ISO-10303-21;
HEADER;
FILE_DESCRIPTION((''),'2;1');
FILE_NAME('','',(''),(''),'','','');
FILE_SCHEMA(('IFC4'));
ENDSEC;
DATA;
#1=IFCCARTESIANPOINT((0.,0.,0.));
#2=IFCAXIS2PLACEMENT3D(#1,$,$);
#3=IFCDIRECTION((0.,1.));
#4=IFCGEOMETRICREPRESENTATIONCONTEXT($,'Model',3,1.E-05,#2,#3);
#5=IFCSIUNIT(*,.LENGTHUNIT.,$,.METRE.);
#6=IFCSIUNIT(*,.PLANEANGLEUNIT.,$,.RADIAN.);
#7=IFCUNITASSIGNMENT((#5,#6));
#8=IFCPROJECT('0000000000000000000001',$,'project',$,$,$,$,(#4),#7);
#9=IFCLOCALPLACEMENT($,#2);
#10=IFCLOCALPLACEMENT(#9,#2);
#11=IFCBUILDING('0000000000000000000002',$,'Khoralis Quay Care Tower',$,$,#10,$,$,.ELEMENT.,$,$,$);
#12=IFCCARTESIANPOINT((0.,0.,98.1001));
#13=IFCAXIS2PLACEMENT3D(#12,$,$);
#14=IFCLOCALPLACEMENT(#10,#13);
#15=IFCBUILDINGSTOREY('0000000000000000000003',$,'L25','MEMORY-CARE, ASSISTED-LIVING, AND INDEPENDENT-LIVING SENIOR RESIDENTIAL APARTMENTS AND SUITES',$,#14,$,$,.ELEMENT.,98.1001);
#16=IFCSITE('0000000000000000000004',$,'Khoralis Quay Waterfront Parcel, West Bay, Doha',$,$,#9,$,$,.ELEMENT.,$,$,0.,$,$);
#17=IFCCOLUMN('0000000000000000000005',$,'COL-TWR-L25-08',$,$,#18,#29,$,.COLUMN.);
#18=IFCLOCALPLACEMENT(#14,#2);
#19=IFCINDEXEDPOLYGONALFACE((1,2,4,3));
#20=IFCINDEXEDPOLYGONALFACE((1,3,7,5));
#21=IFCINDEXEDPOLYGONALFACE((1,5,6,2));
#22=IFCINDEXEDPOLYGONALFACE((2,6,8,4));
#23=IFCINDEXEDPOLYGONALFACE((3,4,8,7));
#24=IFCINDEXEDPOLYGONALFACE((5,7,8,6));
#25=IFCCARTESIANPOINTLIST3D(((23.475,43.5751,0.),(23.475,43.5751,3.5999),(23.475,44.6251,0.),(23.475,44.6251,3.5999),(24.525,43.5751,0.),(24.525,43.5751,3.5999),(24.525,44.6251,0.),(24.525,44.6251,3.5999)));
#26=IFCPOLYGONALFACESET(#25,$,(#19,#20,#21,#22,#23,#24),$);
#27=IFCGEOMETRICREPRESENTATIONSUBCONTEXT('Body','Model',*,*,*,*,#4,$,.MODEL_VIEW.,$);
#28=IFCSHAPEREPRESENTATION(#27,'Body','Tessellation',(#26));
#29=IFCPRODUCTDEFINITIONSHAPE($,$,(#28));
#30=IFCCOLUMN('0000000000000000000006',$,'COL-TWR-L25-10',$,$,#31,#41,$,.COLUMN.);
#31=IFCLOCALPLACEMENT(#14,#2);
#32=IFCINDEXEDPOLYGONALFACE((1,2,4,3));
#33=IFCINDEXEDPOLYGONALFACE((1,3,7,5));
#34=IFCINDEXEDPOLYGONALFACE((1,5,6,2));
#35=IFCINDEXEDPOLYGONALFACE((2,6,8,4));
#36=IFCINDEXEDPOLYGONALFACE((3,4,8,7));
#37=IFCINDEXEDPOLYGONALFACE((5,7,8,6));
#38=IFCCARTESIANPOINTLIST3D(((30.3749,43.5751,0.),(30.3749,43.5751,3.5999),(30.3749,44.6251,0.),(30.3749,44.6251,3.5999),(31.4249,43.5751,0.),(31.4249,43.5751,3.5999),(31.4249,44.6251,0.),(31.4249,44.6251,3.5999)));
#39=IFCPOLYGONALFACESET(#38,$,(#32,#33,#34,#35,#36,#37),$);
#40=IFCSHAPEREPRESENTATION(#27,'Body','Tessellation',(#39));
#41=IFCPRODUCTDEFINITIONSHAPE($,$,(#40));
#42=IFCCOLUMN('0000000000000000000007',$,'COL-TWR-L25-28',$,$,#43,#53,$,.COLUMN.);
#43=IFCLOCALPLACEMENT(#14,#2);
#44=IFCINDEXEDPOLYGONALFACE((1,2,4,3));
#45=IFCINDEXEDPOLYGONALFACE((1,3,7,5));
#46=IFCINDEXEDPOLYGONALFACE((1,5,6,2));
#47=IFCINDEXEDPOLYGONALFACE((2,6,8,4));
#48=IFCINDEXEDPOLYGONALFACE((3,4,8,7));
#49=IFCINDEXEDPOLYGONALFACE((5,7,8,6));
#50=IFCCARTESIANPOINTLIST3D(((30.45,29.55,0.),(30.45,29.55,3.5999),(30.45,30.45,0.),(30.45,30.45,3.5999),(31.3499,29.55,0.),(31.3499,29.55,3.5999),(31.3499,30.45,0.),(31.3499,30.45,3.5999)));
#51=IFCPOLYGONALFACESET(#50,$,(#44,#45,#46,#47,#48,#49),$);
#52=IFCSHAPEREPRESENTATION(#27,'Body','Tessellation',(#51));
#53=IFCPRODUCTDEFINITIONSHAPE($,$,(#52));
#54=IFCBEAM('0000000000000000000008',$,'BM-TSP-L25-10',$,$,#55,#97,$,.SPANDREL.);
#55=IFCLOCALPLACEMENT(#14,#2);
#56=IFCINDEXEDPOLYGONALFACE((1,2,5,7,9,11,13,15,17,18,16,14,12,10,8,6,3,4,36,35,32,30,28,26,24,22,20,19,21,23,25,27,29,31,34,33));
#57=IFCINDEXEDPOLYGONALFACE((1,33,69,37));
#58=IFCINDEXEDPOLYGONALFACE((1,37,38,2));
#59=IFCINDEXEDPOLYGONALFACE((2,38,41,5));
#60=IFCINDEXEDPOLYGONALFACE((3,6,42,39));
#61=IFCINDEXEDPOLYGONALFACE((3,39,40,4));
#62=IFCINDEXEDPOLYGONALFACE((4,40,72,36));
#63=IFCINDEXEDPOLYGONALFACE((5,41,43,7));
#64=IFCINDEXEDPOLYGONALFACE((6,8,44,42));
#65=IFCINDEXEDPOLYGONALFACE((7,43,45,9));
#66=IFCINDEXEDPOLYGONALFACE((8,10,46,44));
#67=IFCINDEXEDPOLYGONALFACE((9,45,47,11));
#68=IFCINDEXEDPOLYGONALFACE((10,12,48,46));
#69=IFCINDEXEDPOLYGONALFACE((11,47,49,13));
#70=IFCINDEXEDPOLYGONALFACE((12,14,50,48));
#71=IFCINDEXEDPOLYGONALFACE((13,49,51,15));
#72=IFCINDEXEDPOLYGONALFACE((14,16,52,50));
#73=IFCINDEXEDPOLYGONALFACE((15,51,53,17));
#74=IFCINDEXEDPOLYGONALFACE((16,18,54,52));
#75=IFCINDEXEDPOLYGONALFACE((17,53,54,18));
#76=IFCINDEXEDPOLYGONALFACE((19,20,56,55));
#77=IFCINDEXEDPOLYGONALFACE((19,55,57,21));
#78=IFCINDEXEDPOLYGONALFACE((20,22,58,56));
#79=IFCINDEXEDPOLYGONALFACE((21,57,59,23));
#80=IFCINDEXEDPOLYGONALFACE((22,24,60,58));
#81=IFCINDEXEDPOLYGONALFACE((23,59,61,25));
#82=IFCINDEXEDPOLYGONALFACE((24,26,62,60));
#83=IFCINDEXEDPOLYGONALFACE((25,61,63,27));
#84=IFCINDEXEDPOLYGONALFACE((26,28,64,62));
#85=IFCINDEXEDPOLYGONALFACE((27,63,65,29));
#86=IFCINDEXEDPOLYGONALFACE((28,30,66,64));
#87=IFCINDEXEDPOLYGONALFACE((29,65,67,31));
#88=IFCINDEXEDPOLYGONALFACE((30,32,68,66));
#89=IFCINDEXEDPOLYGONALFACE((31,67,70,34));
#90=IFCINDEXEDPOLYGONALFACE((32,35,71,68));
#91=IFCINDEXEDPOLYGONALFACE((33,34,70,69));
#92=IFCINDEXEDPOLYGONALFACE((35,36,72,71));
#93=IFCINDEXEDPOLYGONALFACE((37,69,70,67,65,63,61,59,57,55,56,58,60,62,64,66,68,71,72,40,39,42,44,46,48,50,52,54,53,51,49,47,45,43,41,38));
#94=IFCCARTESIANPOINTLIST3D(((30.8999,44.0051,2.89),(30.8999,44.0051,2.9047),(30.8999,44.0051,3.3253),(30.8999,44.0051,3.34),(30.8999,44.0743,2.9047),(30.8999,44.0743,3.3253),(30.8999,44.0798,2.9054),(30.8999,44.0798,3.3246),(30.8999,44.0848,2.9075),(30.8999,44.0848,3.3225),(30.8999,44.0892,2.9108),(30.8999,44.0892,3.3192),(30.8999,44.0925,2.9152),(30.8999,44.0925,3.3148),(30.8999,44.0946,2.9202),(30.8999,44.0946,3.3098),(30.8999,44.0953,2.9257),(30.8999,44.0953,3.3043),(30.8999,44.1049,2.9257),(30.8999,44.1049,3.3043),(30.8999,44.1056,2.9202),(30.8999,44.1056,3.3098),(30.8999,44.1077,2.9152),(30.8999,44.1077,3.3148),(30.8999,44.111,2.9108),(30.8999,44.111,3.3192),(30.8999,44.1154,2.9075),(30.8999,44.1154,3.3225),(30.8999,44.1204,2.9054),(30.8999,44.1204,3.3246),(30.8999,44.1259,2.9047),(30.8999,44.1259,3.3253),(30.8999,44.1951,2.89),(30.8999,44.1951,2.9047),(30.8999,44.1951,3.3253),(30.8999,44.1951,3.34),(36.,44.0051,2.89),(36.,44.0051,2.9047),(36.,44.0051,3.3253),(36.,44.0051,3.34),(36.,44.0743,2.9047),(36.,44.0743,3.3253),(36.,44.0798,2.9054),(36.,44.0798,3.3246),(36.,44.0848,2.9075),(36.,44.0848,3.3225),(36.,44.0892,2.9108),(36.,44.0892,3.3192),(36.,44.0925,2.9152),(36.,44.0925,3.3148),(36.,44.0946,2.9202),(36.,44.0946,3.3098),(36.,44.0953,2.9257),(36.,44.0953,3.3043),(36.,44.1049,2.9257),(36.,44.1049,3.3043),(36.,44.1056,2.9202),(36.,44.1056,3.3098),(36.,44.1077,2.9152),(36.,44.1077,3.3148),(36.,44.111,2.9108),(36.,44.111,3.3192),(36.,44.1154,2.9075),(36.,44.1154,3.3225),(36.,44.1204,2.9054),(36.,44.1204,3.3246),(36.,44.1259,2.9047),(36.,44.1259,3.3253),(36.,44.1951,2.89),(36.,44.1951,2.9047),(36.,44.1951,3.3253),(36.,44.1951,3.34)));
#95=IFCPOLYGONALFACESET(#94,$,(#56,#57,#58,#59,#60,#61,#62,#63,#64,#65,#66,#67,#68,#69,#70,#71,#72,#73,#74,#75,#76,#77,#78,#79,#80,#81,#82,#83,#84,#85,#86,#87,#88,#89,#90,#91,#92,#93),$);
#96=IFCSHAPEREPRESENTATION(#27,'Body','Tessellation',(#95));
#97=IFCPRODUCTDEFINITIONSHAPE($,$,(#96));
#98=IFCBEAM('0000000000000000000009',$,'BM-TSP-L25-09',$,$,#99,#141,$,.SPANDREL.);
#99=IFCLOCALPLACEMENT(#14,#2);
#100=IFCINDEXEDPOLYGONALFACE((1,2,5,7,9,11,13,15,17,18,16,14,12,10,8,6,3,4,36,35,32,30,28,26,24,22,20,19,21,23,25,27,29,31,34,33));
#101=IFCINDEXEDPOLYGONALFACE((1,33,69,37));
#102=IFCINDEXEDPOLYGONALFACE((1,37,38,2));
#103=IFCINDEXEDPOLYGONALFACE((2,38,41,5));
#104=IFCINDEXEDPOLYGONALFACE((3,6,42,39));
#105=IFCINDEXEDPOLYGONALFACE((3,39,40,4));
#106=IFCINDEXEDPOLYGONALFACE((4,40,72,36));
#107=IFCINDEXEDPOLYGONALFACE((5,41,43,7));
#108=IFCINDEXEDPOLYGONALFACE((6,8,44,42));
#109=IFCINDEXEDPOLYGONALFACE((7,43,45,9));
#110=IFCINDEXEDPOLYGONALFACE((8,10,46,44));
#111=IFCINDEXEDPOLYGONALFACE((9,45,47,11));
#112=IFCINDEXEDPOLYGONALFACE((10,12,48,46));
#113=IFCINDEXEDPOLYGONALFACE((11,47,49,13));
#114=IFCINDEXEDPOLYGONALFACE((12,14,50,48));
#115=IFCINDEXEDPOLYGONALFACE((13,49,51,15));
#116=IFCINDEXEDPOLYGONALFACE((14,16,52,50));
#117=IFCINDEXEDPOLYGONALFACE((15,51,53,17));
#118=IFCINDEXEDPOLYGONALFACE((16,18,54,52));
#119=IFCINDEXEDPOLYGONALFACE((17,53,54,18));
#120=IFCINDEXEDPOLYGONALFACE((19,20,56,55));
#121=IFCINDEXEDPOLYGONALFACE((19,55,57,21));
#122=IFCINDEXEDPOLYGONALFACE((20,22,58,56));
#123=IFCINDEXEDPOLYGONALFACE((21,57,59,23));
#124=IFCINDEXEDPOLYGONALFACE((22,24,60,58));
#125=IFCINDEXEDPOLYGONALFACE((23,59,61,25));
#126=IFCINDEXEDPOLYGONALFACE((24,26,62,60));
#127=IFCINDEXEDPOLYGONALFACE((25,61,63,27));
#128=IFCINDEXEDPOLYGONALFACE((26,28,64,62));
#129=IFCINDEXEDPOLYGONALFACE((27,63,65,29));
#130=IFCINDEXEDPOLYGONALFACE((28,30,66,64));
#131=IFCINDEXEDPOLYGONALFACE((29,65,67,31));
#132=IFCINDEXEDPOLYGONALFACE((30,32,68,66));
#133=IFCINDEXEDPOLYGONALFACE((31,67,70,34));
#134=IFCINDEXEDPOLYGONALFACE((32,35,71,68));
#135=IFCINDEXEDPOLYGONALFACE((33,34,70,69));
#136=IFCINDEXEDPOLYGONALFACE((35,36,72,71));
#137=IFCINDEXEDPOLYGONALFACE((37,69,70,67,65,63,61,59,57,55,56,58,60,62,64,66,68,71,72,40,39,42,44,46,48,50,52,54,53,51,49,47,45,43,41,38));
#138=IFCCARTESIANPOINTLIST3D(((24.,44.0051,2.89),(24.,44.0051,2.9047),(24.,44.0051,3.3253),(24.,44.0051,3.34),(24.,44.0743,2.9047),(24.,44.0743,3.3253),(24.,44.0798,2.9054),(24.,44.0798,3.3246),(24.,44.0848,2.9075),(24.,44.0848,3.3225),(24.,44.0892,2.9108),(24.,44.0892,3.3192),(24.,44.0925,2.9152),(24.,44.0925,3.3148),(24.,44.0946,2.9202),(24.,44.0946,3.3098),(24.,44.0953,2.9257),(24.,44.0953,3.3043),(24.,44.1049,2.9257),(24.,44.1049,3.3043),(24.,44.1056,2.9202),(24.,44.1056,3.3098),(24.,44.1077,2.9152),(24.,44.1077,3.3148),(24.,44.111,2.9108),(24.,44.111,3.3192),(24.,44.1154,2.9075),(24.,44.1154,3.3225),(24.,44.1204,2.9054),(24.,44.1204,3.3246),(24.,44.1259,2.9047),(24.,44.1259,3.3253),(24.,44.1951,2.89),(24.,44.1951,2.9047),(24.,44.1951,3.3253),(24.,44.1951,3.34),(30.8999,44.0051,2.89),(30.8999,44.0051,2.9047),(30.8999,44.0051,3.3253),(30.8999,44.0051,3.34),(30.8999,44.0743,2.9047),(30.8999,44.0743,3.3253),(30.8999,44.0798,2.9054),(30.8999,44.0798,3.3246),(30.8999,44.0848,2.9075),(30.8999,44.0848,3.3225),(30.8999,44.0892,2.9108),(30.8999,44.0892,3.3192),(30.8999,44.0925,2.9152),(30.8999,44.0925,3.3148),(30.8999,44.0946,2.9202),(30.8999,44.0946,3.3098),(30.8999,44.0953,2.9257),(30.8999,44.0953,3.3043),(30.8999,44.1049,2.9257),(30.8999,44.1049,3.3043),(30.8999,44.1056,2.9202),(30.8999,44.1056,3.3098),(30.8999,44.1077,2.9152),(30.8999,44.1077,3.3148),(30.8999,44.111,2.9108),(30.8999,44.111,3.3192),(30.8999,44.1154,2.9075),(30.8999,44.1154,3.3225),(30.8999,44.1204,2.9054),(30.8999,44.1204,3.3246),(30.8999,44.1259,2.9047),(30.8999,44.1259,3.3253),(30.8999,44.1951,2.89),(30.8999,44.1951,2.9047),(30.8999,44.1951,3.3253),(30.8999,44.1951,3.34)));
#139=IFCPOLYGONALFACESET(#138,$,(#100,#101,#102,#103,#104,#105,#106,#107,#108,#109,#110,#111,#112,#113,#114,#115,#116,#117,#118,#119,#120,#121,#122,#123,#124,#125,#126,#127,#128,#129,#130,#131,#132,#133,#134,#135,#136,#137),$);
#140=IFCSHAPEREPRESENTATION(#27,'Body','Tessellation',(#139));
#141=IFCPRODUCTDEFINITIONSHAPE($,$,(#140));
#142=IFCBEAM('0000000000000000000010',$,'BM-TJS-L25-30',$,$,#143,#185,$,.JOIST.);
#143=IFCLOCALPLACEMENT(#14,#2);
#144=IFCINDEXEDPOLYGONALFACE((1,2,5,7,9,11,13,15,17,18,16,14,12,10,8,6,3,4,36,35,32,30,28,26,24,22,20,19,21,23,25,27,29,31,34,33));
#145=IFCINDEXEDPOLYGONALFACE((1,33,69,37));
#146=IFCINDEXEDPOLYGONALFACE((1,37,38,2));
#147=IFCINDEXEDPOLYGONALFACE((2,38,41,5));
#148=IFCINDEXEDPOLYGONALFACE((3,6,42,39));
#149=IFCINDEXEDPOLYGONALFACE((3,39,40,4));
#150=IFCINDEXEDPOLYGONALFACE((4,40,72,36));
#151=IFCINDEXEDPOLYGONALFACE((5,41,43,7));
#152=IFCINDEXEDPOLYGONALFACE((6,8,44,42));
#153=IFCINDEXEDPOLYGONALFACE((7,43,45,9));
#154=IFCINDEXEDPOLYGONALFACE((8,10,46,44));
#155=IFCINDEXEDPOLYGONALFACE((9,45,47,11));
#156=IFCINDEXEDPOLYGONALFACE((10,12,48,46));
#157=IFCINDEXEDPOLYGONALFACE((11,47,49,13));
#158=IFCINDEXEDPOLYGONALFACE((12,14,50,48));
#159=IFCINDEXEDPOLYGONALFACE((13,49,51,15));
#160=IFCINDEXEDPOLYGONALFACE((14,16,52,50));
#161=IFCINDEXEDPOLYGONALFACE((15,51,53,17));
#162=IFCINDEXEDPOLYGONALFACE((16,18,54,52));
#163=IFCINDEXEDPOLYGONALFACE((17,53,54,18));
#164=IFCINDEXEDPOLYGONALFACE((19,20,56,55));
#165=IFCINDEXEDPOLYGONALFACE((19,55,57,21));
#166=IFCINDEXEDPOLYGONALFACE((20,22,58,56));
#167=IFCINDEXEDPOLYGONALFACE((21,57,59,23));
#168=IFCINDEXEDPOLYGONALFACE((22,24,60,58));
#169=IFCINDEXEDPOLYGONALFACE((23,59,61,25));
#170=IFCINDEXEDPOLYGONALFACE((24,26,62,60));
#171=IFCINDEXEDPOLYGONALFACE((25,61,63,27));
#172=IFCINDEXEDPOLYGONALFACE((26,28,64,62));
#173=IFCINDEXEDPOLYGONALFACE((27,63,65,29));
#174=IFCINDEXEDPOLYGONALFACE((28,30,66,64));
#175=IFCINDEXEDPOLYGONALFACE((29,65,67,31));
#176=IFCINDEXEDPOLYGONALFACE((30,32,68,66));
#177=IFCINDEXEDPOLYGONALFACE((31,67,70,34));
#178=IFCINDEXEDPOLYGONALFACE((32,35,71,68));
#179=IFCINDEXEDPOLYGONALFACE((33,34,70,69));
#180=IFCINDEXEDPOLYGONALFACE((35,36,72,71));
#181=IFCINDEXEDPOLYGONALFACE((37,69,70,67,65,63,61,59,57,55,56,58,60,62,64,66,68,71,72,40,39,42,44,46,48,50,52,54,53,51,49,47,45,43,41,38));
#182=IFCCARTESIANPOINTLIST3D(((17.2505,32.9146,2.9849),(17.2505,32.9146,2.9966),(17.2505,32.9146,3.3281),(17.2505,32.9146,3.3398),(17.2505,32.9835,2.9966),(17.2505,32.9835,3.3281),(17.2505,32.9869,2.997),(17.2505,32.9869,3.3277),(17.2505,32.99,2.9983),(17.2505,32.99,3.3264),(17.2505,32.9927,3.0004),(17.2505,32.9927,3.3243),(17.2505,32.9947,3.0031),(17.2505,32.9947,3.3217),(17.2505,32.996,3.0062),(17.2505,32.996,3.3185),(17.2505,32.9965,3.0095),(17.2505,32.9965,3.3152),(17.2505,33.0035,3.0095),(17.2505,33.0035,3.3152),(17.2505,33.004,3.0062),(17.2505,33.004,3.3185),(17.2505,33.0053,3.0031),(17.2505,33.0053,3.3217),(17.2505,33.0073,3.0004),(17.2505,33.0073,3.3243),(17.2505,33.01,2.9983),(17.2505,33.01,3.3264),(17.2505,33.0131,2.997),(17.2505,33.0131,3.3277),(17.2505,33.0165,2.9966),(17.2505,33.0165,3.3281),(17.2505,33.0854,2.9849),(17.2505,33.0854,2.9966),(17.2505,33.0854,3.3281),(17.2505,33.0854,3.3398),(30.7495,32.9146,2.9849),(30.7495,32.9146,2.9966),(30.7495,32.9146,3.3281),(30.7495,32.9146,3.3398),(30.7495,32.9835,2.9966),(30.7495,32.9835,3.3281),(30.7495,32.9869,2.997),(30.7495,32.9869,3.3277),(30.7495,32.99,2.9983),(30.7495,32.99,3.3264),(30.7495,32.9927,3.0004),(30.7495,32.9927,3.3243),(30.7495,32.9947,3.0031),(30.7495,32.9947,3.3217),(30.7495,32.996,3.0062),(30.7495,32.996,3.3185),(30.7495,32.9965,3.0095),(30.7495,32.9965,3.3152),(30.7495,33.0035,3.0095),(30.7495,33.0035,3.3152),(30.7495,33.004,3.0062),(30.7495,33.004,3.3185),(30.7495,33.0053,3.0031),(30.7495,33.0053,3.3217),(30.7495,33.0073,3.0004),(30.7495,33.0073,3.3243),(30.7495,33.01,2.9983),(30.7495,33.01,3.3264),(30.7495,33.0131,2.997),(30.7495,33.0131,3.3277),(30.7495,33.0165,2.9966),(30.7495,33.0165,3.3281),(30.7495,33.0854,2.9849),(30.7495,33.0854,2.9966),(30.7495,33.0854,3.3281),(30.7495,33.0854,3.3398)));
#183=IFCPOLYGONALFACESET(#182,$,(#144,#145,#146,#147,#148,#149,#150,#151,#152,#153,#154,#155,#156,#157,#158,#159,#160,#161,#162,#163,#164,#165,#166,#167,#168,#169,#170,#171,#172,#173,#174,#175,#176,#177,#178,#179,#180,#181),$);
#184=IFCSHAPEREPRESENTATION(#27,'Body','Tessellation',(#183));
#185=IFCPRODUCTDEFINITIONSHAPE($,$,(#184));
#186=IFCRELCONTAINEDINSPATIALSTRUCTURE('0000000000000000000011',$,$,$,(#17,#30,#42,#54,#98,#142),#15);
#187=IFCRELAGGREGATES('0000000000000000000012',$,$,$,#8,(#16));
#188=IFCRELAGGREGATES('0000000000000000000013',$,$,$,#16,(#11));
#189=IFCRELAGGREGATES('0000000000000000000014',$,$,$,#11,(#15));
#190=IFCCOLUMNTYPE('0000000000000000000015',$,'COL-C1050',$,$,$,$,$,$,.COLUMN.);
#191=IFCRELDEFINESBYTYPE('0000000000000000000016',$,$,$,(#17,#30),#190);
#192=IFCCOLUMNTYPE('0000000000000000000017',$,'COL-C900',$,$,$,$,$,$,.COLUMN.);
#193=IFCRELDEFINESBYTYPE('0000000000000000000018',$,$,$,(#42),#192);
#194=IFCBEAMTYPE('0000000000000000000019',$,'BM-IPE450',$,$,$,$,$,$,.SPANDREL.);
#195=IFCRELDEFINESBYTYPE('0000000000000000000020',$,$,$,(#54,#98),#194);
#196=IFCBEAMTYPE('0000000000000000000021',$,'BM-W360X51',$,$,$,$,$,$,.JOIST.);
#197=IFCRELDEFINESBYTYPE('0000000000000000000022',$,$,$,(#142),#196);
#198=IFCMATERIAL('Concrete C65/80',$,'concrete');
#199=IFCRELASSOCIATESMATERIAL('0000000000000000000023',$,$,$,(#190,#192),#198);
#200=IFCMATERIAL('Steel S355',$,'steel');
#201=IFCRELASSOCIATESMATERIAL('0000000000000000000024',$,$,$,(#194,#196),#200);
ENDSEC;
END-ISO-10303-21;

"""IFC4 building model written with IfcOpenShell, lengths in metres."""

from ifc_helpers import new_model, si_unit, direction, frame, origin, origin_2d, place, context, subcontext, project, spatial, rectangle, i_section, extrude, source, transform, mapped, material, material_profile, profile_set, type_object, element, save


model = new_model("IFC4")

# Units and contexts
model_context = context("Model", 3, precision=1e-05, world=origin(), true_north=direction((0.0, 1.0)))
body_context = subcontext(model_context, "Body", "Model", "MODEL_VIEW")
ifc_project = project(units=[si_unit("LENGTHUNIT", "METRE"), si_unit("PLANEANGLEUNIT", "RADIAN")], contexts=[model_context])

# Site, building, storey
site_placement = place(None, origin())
site = spatial("IfcSite", under=ifc_project, at=site_placement, Name="Khoralis Quay Waterfront Parcel, West Bay, Doha", CompositionType="ELEMENT", RefElevation=0.0)
building_placement = place(site_placement, origin())
building = spatial("IfcBuilding", under=site, at=building_placement, Name="Khoralis Quay Care Tower", CompositionType="ELEMENT")
storey_placement = place(building_placement, frame((0.0, 0.0, 98.1001)))
storey = spatial("IfcBuildingStorey", under=building, at=storey_placement, Name="L25", Description="MEMORY-CARE, ASSISTED-LIVING, AND INDEPENDENT-LIVING SENIOR RESIDENTIAL APARTMENTS AND SUITES", CompositionType="ELEMENT", Elevation=98.1001)

# Columns
ifc_material_1 = material(Name="Concrete C65/80", Category="concrete")
ifc_material_profile_1 = material_profile(ifc_material_1, rectangle(XDim=1.05, YDim=1.05, at=origin_2d()), Name="Concrete C65/80")
ifc_profile_set_1 = profile_set([ifc_material_profile_1], Name="Concrete C65/80")
column_type_1 = type_object("IfcColumnType", Name="COL-C1050", PredefinedType="COLUMN", material=ifc_profile_set_1)
shared_shape_1 = source(origin(), body_context, "Body", "SweptSolid", [
    extrude(rectangle(XDim=1.05, YDim=1.05, at=origin_2d()), origin(), (0.0, 0.0, 1.0), 3.5999),
])
for number, where, z_axis, x_axis, name in (
    (1, (24.0, 44.1001, 0.0), (0.0, 0.0, 1.0), (1.0, 0.0, 0.0), "COL-TWR-L25-08"),
    (2, (30.8999, 44.1001, 0.0), (0.0, 0.0, 1.0), (1.0, 0.0, 0.0), "COL-TWR-L25-10"),
):
    element("IfcColumn", number, at=place(storey_placement, frame(where, z_axis=z_axis, x_axis=x_axis)), inside=storey, type_object=column_type_1, Name=name, PredefinedType="COLUMN", context=body_context, shape_type="MappedRepresentation", body=[
        mapped(shared_shape_1, transform((0.0, 0.0, 0.0), scale=1.0)),
    ])
ifc_material_profile_2 = material_profile(ifc_material_1, rectangle(XDim=0.8999, YDim=0.8999, at=origin_2d()), Name="Concrete C65/80")
ifc_profile_set_2 = profile_set([ifc_material_profile_2], Name="Concrete C65/80")
column_type_2 = type_object("IfcColumnType", Name="COL-C900", PredefinedType="COLUMN", material=ifc_profile_set_2)
shared_shape_2 = source(origin(), body_context, "Body", "SweptSolid", [
    extrude(rectangle(XDim=0.8999, YDim=0.8999, at=origin_2d()), origin(), (0.0, 0.0, 1.0), 3.5999),
])
column_placement = place(storey_placement, frame((30.8999, 30.0, 0.0), z_axis=(0.0, 0.0, 1.0), x_axis=(1.0, 0.0, 0.0)))
element("IfcColumn", 3, at=column_placement, inside=storey, type_object=column_type_2, Name="COL-TWR-L25-28", PredefinedType="COLUMN", context=body_context, shape_type="MappedRepresentation", body=[
    mapped(shared_shape_2, transform((0.0, 0.0, 0.0), scale=1.0)),
])

# Beams
ifc_material_2 = material(Name="Steel S355", Category="steel")
ifc_material_profile_3 = material_profile(ifc_material_2, i_section(OverallWidth=0.1899, OverallDepth=0.45, WebThickness=0.0095, FlangeThickness=0.0146, FilletRadius=0.021, at=origin_2d()), Name="Steel S355")
ifc_profile_set_3 = profile_set([ifc_material_profile_3], Name="Steel S355")
beam_type_1 = type_object("IfcBeamType", Name="BM-IPE450", PredefinedType="SPANDREL", material=ifc_profile_set_3)
shared_shape_3 = source(origin(), body_context, "Body", "SweptSolid", [
    extrude(i_section(OverallWidth=0.1899, OverallDepth=0.45, WebThickness=0.0095, FlangeThickness=0.0146, FilletRadius=0.021, at=origin_2d()), origin(), (0.0, 0.0, 1.0), 5.1001),
])
beam_1_placement = place(storey_placement, frame((30.8999, 44.1001, 3.115), z_axis=(1.0, 0.0, 0.0), x_axis=(0.0, 1.0, 0.0)))
element("IfcBeam", 4, at=beam_1_placement, inside=storey, type_object=beam_type_1, Name="BM-TSP-L25-10", PredefinedType="SPANDREL", context=body_context, shape_type="MappedRepresentation", body=[
    mapped(shared_shape_3, transform((0.0, 0.0, 0.0), scale=1.0)),
])
shared_shape_4 = source(origin(), body_context, "Body", "SweptSolid", [
    extrude(i_section(OverallWidth=0.1899, OverallDepth=0.45, WebThickness=0.0095, FlangeThickness=0.0146, FilletRadius=0.021, at=origin_2d()), origin(), (0.0, 0.0, 1.0), 6.8999),
])
beam_2_placement = place(storey_placement, frame((24.0, 44.1001, 3.115), z_axis=(1.0, 0.0, 0.0), x_axis=(0.0, 1.0, 0.0)))
element("IfcBeam", 5, at=beam_2_placement, inside=storey, type_object=beam_type_1, Name="BM-TSP-L25-09", PredefinedType="SPANDREL", context=body_context, shape_type="MappedRepresentation", body=[
    mapped(shared_shape_4, transform((0.0, 0.0, 0.0), scale=1.0)),
])
ifc_material_profile_4 = material_profile(ifc_material_2, i_section(OverallWidth=0.1709, OverallDepth=0.355, WebThickness=0.0071, FlangeThickness=0.0117, FilletRadius=0.0129, at=origin_2d()), Name="Steel S355")
ifc_profile_set_4 = profile_set([ifc_material_profile_4], Name="Steel S355")
beam_type_2 = type_object("IfcBeamType", Name="BM-W360X51", PredefinedType="JOIST", material=ifc_profile_set_4)
shared_shape_5 = source(origin(), body_context, "Body", "SweptSolid", [
    extrude(i_section(OverallWidth=0.1709, OverallDepth=0.355, WebThickness=0.0071, FlangeThickness=0.0117, FilletRadius=0.0129, at=origin_2d()), origin(), (0.0, 0.0, 1.0), 13.499),
])
for number, where, z_axis, x_axis, name in (
    (6, (17.2505, 33.0, 3.1624), (1.0, 0.0, 0.0), (0.0, 1.0, 0.0), "BM-TJS-L25-30"),
):
    element("IfcBeam", number, at=place(storey_placement, frame(where, z_axis=z_axis, x_axis=x_axis)), inside=storey, type_object=beam_type_2, Name=name, PredefinedType="JOIST", context=body_context, shape_type="MappedRepresentation", body=[
        mapped(shared_shape_5, transform((0.0, 0.0, 0.0), scale=1.0)),
    ])

save(model, "model.ifc")
